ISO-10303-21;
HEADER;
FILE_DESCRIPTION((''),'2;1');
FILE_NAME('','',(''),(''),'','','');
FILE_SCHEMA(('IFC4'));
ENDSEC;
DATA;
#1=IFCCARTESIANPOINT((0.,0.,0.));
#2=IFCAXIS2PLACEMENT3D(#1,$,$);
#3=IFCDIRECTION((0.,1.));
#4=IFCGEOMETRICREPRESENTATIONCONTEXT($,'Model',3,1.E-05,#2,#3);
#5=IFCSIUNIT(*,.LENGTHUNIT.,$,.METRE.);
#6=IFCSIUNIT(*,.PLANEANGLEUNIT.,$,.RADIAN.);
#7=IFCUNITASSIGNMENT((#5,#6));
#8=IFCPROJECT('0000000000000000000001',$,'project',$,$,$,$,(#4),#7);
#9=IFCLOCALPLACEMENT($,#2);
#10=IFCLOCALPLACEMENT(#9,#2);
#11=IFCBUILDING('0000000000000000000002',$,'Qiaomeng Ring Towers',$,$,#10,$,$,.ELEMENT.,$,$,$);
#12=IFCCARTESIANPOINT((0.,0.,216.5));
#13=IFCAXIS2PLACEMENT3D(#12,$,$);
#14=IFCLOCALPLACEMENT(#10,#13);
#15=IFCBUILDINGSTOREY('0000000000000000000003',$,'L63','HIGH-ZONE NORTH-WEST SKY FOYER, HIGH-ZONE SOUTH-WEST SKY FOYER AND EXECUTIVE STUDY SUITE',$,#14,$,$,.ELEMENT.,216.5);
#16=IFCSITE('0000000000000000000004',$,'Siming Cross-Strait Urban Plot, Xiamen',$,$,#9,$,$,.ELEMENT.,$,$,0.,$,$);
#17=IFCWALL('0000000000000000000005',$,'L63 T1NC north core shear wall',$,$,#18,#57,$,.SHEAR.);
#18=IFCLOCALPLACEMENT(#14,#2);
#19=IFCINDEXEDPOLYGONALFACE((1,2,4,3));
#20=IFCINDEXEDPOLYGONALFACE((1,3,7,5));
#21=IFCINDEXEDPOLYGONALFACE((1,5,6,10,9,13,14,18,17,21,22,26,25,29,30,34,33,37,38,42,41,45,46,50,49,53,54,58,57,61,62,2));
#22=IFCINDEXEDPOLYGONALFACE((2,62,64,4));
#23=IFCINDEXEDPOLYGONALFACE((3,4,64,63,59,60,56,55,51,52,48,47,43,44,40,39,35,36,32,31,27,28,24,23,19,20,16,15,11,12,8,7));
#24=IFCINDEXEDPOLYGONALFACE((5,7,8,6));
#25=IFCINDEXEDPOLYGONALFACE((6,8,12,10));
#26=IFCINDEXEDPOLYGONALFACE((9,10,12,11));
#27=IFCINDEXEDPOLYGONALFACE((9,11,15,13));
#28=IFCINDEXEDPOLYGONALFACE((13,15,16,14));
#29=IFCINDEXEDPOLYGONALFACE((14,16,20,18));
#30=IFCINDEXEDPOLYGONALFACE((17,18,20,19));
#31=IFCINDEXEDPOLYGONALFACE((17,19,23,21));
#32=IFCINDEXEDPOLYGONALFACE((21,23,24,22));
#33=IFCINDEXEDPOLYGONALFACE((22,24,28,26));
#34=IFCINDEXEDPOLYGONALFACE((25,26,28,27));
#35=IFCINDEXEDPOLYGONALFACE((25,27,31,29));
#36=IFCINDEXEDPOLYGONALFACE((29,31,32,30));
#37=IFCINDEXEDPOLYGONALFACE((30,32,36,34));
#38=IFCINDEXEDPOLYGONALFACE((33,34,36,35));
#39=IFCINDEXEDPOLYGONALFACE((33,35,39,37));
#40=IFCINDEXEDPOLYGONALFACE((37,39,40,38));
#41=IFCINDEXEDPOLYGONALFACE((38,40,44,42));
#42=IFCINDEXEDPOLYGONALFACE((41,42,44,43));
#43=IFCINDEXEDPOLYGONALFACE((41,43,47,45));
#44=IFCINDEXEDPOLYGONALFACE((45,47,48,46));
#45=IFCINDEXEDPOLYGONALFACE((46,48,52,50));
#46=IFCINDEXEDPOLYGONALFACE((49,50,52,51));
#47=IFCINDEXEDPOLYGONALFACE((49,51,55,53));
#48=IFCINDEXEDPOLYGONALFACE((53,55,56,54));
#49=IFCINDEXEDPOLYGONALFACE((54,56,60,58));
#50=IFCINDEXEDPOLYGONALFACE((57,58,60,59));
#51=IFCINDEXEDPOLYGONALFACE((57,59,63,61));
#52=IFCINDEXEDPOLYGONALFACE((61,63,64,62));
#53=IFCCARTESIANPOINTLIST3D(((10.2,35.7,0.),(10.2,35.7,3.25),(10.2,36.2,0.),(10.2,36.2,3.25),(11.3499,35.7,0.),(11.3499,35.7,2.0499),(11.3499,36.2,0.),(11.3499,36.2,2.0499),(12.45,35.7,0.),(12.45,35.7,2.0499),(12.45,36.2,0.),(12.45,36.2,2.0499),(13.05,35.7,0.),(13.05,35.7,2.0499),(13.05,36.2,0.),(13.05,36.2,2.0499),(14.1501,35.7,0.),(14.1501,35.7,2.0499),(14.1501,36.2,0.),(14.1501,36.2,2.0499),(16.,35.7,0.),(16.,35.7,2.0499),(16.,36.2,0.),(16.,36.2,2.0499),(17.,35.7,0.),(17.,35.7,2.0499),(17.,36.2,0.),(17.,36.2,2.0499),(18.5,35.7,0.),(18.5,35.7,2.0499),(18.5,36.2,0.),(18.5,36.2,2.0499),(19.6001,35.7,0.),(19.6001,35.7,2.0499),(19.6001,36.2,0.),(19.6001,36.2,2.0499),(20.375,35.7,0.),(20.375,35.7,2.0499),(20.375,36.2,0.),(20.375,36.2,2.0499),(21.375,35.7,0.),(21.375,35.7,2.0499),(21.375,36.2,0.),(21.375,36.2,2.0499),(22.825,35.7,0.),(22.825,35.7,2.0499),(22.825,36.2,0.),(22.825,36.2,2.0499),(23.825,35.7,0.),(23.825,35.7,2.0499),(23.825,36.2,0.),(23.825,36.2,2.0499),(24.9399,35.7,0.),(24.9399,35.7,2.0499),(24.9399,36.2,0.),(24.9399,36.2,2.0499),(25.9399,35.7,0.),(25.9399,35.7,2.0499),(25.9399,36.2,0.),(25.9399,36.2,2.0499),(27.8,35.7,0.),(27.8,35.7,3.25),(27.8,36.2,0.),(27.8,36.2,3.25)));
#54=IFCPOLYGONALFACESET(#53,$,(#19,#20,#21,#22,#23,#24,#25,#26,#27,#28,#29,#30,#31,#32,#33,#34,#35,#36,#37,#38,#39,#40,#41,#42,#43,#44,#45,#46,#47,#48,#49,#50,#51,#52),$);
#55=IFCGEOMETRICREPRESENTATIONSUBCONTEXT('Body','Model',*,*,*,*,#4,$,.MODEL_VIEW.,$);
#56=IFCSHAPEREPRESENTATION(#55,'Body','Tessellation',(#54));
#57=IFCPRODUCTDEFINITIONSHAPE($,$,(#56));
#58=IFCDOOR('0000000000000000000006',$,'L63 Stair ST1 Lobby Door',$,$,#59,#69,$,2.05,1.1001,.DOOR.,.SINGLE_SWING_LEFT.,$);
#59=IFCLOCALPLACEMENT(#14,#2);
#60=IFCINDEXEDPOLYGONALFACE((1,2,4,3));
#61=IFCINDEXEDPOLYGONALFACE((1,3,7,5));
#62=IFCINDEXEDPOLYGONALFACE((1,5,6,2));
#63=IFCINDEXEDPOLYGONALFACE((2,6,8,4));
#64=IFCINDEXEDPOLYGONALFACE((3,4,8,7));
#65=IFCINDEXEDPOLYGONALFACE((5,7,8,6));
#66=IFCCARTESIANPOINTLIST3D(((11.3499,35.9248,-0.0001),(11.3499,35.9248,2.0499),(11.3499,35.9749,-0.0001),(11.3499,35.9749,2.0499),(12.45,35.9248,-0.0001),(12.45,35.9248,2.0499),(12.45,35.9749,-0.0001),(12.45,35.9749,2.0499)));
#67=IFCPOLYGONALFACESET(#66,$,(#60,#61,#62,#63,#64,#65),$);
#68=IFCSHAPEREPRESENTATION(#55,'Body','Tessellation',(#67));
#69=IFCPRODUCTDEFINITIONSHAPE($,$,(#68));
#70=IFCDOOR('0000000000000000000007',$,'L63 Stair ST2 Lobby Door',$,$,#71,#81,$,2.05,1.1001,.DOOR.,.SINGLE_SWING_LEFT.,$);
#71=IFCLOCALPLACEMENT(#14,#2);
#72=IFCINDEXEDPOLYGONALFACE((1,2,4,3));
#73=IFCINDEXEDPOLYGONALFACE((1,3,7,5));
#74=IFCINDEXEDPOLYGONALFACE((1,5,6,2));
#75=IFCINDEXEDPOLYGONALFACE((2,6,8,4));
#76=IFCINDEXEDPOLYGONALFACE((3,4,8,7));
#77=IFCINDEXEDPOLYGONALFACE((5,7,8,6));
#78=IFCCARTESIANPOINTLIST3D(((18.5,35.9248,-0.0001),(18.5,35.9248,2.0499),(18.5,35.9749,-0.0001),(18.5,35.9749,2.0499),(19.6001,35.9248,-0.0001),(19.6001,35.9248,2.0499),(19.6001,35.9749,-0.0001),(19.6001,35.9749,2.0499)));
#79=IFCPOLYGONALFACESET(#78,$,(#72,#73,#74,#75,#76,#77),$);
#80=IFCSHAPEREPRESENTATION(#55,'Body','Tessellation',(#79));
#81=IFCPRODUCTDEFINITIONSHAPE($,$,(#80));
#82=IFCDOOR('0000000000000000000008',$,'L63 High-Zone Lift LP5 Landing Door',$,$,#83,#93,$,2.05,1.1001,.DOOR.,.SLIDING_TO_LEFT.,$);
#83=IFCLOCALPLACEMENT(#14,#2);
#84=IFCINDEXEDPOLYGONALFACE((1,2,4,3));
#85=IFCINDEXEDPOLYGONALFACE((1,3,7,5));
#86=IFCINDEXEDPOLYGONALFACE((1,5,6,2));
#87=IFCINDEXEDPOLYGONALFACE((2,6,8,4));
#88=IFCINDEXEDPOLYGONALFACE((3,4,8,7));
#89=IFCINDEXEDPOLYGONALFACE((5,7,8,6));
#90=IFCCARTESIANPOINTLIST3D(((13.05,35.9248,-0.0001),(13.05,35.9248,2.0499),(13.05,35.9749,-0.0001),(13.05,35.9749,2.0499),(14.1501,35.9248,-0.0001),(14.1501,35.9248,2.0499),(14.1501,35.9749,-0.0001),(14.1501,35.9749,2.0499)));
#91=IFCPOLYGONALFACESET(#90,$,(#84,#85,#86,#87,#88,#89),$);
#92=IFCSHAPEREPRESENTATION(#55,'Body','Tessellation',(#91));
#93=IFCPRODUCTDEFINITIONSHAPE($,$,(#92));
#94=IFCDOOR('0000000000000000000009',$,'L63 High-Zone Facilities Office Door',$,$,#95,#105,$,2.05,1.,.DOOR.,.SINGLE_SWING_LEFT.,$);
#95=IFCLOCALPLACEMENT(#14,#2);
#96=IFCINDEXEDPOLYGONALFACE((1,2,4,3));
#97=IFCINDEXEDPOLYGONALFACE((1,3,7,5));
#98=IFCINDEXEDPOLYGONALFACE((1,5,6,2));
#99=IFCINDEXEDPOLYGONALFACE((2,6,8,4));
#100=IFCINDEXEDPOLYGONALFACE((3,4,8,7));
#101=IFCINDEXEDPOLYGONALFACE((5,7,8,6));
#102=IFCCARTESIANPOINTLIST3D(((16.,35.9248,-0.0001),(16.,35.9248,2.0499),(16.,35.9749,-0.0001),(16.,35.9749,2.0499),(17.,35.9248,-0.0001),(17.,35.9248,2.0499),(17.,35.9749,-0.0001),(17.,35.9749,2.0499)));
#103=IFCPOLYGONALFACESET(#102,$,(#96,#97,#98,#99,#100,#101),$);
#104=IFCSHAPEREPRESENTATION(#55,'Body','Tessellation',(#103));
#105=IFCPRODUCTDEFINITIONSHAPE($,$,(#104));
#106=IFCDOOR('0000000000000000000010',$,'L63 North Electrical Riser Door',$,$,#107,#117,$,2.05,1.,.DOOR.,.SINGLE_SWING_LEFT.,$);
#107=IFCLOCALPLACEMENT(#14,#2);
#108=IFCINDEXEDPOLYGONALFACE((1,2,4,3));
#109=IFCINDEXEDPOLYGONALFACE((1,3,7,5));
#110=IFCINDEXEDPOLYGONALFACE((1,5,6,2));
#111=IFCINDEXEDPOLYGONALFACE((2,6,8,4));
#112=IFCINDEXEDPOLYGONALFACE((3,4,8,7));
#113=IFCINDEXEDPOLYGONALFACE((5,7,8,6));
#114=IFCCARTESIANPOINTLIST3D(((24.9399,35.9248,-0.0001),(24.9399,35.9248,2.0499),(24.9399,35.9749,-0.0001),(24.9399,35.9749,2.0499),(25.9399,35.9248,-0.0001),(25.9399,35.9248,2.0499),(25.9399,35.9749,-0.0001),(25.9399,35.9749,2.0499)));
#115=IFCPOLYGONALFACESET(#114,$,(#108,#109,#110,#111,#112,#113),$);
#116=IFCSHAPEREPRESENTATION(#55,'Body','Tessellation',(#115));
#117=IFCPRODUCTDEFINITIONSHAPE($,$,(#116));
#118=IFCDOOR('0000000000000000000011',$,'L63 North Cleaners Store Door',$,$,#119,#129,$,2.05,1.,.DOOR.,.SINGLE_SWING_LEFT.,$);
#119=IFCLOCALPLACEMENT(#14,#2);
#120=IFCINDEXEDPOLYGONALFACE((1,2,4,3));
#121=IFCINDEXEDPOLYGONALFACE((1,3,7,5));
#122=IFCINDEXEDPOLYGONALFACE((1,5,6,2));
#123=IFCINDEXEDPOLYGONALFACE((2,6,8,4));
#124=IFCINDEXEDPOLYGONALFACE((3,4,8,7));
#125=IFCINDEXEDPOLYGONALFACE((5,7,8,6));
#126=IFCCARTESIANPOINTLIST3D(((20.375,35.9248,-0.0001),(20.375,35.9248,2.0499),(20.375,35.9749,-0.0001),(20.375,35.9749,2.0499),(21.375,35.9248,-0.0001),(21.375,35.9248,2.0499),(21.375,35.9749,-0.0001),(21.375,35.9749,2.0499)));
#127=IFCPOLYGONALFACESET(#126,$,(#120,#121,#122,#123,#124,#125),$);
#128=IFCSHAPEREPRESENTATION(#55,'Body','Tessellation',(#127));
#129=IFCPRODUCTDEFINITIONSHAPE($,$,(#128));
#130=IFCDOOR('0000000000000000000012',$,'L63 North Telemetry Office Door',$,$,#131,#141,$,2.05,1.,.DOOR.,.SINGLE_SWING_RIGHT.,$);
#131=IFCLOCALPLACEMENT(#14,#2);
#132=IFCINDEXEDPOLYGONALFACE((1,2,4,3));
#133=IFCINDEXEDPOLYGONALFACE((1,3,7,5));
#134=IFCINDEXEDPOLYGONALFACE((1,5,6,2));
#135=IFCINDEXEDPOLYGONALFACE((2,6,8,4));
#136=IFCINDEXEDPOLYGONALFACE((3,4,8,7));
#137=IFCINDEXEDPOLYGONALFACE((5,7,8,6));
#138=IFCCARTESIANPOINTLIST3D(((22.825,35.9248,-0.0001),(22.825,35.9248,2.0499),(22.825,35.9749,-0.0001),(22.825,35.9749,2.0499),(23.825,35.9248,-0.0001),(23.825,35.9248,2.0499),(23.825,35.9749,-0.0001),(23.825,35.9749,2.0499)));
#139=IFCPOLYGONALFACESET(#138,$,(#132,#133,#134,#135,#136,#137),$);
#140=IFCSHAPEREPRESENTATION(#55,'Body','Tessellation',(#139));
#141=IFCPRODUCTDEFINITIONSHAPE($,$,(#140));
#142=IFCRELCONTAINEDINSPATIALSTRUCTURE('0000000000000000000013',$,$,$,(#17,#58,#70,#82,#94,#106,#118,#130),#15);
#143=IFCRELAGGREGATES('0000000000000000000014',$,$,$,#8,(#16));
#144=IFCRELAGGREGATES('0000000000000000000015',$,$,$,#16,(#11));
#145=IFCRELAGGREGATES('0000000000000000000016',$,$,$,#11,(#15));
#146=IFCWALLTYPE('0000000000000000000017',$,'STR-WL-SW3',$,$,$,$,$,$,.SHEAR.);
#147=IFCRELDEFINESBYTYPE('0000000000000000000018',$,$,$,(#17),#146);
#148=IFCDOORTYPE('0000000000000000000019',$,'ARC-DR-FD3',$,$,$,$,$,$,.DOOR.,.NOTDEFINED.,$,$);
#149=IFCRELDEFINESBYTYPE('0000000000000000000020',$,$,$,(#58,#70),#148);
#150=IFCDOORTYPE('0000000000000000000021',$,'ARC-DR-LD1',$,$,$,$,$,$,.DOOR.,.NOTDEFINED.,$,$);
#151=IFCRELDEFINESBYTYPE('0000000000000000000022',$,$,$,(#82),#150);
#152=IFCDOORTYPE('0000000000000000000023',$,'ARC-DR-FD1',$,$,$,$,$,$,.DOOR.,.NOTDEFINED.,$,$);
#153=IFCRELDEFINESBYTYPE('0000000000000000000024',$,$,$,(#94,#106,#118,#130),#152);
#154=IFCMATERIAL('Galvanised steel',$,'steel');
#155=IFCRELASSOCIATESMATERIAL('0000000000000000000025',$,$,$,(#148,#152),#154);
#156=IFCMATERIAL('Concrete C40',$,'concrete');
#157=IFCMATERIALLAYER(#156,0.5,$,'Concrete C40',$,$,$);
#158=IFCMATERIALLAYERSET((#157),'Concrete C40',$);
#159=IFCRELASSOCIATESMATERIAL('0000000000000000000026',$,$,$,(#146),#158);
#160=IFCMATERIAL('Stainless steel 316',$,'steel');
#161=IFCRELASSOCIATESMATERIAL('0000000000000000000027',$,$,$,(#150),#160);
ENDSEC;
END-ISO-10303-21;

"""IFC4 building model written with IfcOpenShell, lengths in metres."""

from ifc_helpers import new_model, si_unit, direction, frame, frame_2d, origin, place, context, subcontext, project, spatial, rectangle, extrude, source, transform, mapped, material, layer, layer_set, type_object, element, fill, save


model = new_model("IFC4")

# Units and contexts
model_context = context("Model", 3, precision=1e-05, world=origin(), true_north=direction((0.0, 1.0)))
body_context = subcontext(model_context, "Body", "Model", "MODEL_VIEW")
ifc_project = project(units=[si_unit("LENGTHUNIT", "METRE"), si_unit("PLANEANGLEUNIT", "RADIAN")], contexts=[model_context])

# Site, building, storey
site_placement = place(None, origin())
site = spatial("IfcSite", under=ifc_project, at=site_placement, Name="Siming Cross-Strait Urban Plot, Xiamen", CompositionType="ELEMENT", RefElevation=0.0)
building_placement = place(site_placement, origin())
building = spatial("IfcBuilding", under=site, at=building_placement, Name="Qiaomeng Ring Towers", CompositionType="ELEMENT")
storey_placement = place(building_placement, frame((0.0, 0.0, 216.5)))
storey = spatial("IfcBuildingStorey", under=building, at=storey_placement, Name="L63", Description="HIGH-ZONE NORTH-WEST SKY FOYER, HIGH-ZONE SOUTH-WEST SKY FOYER AND EXECUTIVE STUDY SUITE", CompositionType="ELEMENT", Elevation=216.5)

# Shared definitions
ifc_material_1 = material(Name="Concrete C40", Category="concrete")

# Shared definitions
ifc_material_2 = material(Name="Galvanised steel", Category="steel")
door_type_1 = type_object("IfcDoorType", Name="ARC-DR-FD3", OperationType="NOTDEFINED", PredefinedType="DOOR", material=ifc_material_2)
shared_shape_1 = source(origin(), body_context, "Body", "SweptSolid", [
    extrude(rectangle(XDim=1.1001, YDim=2.05, at=frame_2d((0.55, 1.0249))), frame((0.0, 0.0249, 0.0), z_axis=(0.0, -1.0, 0.0), x_axis=(1.0, 0.0, 0.0)), (0.0, 0.0, 1.0), 0.05),
])

# Wall, openings, doors
ifc_layer_1 = layer(ifc_material_1, 0.5, Name="Concrete C40")
ifc_layer_set_1 = layer_set([ifc_layer_1], Name="Concrete C40")
wall_type_1 = type_object("IfcWallType", Name="STR-WL-SW3", PredefinedType="SHEAR", material=ifc_layer_set_1)
wall_1_placement = place(storey_placement, frame((10.2, 35.95, 0.0), z_axis=(0.0, 0.0, 1.0), x_axis=(1.0, 0.0, 0.0)))
wall_1 = element("IfcWall", 1, at=wall_1_placement, inside=storey, type_object=wall_type_1, Name="L63 T1NC north core shear wall", PredefinedType="SHEAR", context=body_context, shape_type="SweptSolid", body=[
    extrude(rectangle(XDim=17.6001, YDim=0.5, at=frame_2d((8.8, 0.0))), origin(), (0.0, 0.0, 1.0), 3.25),
])
opening_1_placement = place(wall_1_placement, frame((1.1499, 0.0, 0.0)))
opening_1 = element("IfcOpeningElement", 2, at=opening_1_placement, cuts=wall_1, PredefinedType="OPENING", context=body_context, shape_type="SweptSolid", body=[
    extrude(rectangle(XDim=1.1001, YDim=2.05, at=frame_2d((0.55, 1.0249))), frame((0.0, 0.26, 0.0), z_axis=(0.0, -1.0, 0.0), x_axis=(1.0, 0.0, 0.0)), (0.0, 0.0, 1.0), 0.52),
])
opening_2_placement = place(wall_1_placement, frame((8.3, 0.0, 0.0)))
opening_2 = element("IfcOpeningElement", 3, at=opening_2_placement, cuts=wall_1, PredefinedType="OPENING", context=body_context, shape_type="SweptSolid", body=[
    extrude(rectangle(XDim=1.1001, YDim=2.05, at=frame_2d((0.55, 1.0249))), frame((0.0, 0.26, 0.0), z_axis=(0.0, -1.0, 0.0), x_axis=(1.0, 0.0, 0.0)), (0.0, 0.0, 1.0), 0.52),
])
opening_3_placement = place(wall_1_placement, frame((2.8501, 0.0, 0.0)))
opening_3 = element("IfcOpeningElement", 4, at=opening_3_placement, cuts=wall_1, PredefinedType="OPENING", context=body_context, shape_type="SweptSolid", body=[
    extrude(rectangle(XDim=1.1001, YDim=2.05, at=frame_2d((0.55, 1.0249))), frame((0.0, 0.26, 0.0), z_axis=(0.0, -1.0, 0.0), x_axis=(1.0, 0.0, 0.0)), (0.0, 0.0, 1.0), 0.52),
])
opening_4_placement = place(wall_1_placement, frame((5.8, 0.0, 0.0)))
opening_4 = element("IfcOpeningElement", 5, at=opening_4_placement, cuts=wall_1, PredefinedType="OPENING", context=body_context, shape_type="SweptSolid", body=[
    extrude(rectangle(XDim=1.0, YDim=2.05, at=frame_2d((0.5, 1.0249))), frame((0.0, 0.26, 0.0), z_axis=(0.0, -1.0, 0.0), x_axis=(1.0, 0.0, 0.0)), (0.0, 0.0, 1.0), 0.52),
])
opening_5_placement = place(wall_1_placement, frame((14.74, 0.0, 0.0)))
opening_5 = element("IfcOpeningElement", 6, at=opening_5_placement, cuts=wall_1, PredefinedType="OPENING", context=body_context, shape_type="SweptSolid", body=[
    extrude(rectangle(XDim=1.0, YDim=2.05, at=frame_2d((0.5, 1.0249))), frame((0.0, 0.26, 0.0), z_axis=(0.0, -1.0, 0.0), x_axis=(1.0, 0.0, 0.0)), (0.0, 0.0, 1.0), 0.52),
])
opening_6_placement = place(wall_1_placement, frame((10.175, 0.0, 0.0)))
opening_6 = element("IfcOpeningElement", 7, at=opening_6_placement, cuts=wall_1, PredefinedType="OPENING", context=body_context, shape_type="SweptSolid", body=[
    extrude(rectangle(XDim=1.0, YDim=2.05, at=frame_2d((0.5, 1.0249))), frame((0.0, 0.26, 0.0), z_axis=(0.0, -1.0, 0.0), x_axis=(1.0, 0.0, 0.0)), (0.0, 0.0, 1.0), 0.52),
])
opening_7_placement = place(wall_1_placement, frame((12.625, 0.0, 0.0)))
opening_7 = element("IfcOpeningElement", 8, at=opening_7_placement, cuts=wall_1, PredefinedType="OPENING", context=body_context, shape_type="SweptSolid", body=[
    extrude(rectangle(XDim=1.0, YDim=2.05, at=frame_2d((0.5, 1.0249))), frame((0.0, 0.26, 0.0), z_axis=(0.0, -1.0, 0.0), x_axis=(1.0, 0.0, 0.0)), (0.0, 0.0, 1.0), 0.52),
])
door_1_placement = place(opening_1_placement, origin())
door_1 = element("IfcDoor", 9, at=door_1_placement, inside=storey, type_object=door_type_1, Name="L63 Stair ST1 Lobby Door", OperationType="SINGLE_SWING_LEFT", OverallHeight=2.05, OverallWidth=1.1001, PredefinedType="DOOR", context=body_context, shape_type="MappedRepresentation", body=[
    mapped(shared_shape_1, transform((0.0, 0.0, 0.0), x_axis=(1.0, 0.0, 0.0), y_axis=(0.0, 1.0, 0.0), z_axis=(0.0, 0.0, 1.0), scale=1.0)),
])
fill(opening_1, door_1)
door_2_placement = place(opening_2_placement, origin())
door_2 = element("IfcDoor", 10, at=door_2_placement, inside=storey, type_object=door_type_1, Name="L63 Stair ST2 Lobby Door", OperationType="SINGLE_SWING_LEFT", OverallHeight=2.05, OverallWidth=1.1001, PredefinedType="DOOR", context=body_context, shape_type="MappedRepresentation", body=[
    mapped(shared_shape_1, transform((0.0, 0.0, 0.0), x_axis=(1.0, 0.0, 0.0), y_axis=(0.0, 1.0, 0.0), z_axis=(0.0, 0.0, 1.0), scale=1.0)),
])
fill(opening_2, door_2)
ifc_material_3 = material(Name="Stainless steel 316", Category="steel")
door_type_2 = type_object("IfcDoorType", Name="ARC-DR-LD1", OperationType="NOTDEFINED", PredefinedType="DOOR", material=ifc_material_3)
door_3_placement = place(opening_3_placement, origin())
door_3 = element("IfcDoor", 11, at=door_3_placement, inside=storey, type_object=door_type_2, Name="L63 High-Zone Lift LP5 Landing Door", OperationType="SLIDING_TO_LEFT", OverallHeight=2.05, OverallWidth=1.1001, PredefinedType="DOOR", context=body_context, shape_type="MappedRepresentation", body=[
    mapped(shared_shape_1, transform((0.0, 0.0, 0.0), x_axis=(1.0, 0.0, 0.0), y_axis=(0.0, 1.0, 0.0), z_axis=(0.0, 0.0, 1.0), scale=1.0)),
])
fill(opening_3, door_3)
door_type_3 = type_object("IfcDoorType", Name="ARC-DR-FD1", OperationType="NOTDEFINED", PredefinedType="DOOR", material=ifc_material_2)
shared_shape_2 = source(origin(), body_context, "Body", "SweptSolid", [
    extrude(rectangle(XDim=1.0, YDim=2.05, at=frame_2d((0.5, 1.0249))), frame((0.0, 0.0249, 0.0), z_axis=(0.0, -1.0, 0.0), x_axis=(1.0, 0.0, 0.0)), (0.0, 0.0, 1.0), 0.05),
])
door_4_placement = place(opening_4_placement, origin())
door_4 = element("IfcDoor", 12, at=door_4_placement, inside=storey, type_object=door_type_3, Name="L63 High-Zone Facilities Office Door", OperationType="SINGLE_SWING_LEFT", OverallHeight=2.05, OverallWidth=1.0, PredefinedType="DOOR", context=body_context, shape_type="MappedRepresentation", body=[
    mapped(shared_shape_2, transform((0.0, 0.0, 0.0), x_axis=(1.0, 0.0, 0.0), y_axis=(0.0, 1.0, 0.0), z_axis=(0.0, 0.0, 1.0), scale=1.0)),
])
fill(opening_4, door_4)
door_5_placement = place(opening_5_placement, origin())
door_5 = element("IfcDoor", 13, at=door_5_placement, inside=storey, type_object=door_type_3, Name="L63 North Electrical Riser Door", OperationType="SINGLE_SWING_LEFT", OverallHeight=2.05, OverallWidth=1.0, PredefinedType="DOOR", context=body_context, shape_type="MappedRepresentation", body=[
    mapped(shared_shape_2, transform((0.0, 0.0, 0.0), x_axis=(1.0, 0.0, 0.0), y_axis=(0.0, 1.0, 0.0), z_axis=(0.0, 0.0, 1.0), scale=1.0)),
])
fill(opening_5, door_5)
door_6_placement = place(opening_6_placement, origin())
door_6 = element("IfcDoor", 14, at=door_6_placement, inside=storey, type_object=door_type_3, Name="L63 North Cleaners Store Door", OperationType="SINGLE_SWING_LEFT", OverallHeight=2.05, OverallWidth=1.0, PredefinedType="DOOR", context=body_context, shape_type="MappedRepresentation", body=[
    mapped(shared_shape_2, transform((0.0, 0.0, 0.0), x_axis=(1.0, 0.0, 0.0), y_axis=(0.0, 1.0, 0.0), z_axis=(0.0, 0.0, 1.0), scale=1.0)),
])
fill(opening_6, door_6)
door_7_placement = place(opening_7_placement, origin())
door_7 = element("IfcDoor", 15, at=door_7_placement, inside=storey, type_object=door_type_3, Name="L63 North Telemetry Office Door", OperationType="SINGLE_SWING_RIGHT", OverallHeight=2.05, OverallWidth=1.0, PredefinedType="DOOR", context=body_context, shape_type="MappedRepresentation", body=[
    mapped(shared_shape_2, transform((0.0, 0.0, 0.0), x_axis=(1.0, 0.0, 0.0), y_axis=(0.0, 1.0, 0.0), z_axis=(0.0, 0.0, 1.0), scale=1.0)),
])
fill(opening_7, door_7)

save(model, "model.ifc")
